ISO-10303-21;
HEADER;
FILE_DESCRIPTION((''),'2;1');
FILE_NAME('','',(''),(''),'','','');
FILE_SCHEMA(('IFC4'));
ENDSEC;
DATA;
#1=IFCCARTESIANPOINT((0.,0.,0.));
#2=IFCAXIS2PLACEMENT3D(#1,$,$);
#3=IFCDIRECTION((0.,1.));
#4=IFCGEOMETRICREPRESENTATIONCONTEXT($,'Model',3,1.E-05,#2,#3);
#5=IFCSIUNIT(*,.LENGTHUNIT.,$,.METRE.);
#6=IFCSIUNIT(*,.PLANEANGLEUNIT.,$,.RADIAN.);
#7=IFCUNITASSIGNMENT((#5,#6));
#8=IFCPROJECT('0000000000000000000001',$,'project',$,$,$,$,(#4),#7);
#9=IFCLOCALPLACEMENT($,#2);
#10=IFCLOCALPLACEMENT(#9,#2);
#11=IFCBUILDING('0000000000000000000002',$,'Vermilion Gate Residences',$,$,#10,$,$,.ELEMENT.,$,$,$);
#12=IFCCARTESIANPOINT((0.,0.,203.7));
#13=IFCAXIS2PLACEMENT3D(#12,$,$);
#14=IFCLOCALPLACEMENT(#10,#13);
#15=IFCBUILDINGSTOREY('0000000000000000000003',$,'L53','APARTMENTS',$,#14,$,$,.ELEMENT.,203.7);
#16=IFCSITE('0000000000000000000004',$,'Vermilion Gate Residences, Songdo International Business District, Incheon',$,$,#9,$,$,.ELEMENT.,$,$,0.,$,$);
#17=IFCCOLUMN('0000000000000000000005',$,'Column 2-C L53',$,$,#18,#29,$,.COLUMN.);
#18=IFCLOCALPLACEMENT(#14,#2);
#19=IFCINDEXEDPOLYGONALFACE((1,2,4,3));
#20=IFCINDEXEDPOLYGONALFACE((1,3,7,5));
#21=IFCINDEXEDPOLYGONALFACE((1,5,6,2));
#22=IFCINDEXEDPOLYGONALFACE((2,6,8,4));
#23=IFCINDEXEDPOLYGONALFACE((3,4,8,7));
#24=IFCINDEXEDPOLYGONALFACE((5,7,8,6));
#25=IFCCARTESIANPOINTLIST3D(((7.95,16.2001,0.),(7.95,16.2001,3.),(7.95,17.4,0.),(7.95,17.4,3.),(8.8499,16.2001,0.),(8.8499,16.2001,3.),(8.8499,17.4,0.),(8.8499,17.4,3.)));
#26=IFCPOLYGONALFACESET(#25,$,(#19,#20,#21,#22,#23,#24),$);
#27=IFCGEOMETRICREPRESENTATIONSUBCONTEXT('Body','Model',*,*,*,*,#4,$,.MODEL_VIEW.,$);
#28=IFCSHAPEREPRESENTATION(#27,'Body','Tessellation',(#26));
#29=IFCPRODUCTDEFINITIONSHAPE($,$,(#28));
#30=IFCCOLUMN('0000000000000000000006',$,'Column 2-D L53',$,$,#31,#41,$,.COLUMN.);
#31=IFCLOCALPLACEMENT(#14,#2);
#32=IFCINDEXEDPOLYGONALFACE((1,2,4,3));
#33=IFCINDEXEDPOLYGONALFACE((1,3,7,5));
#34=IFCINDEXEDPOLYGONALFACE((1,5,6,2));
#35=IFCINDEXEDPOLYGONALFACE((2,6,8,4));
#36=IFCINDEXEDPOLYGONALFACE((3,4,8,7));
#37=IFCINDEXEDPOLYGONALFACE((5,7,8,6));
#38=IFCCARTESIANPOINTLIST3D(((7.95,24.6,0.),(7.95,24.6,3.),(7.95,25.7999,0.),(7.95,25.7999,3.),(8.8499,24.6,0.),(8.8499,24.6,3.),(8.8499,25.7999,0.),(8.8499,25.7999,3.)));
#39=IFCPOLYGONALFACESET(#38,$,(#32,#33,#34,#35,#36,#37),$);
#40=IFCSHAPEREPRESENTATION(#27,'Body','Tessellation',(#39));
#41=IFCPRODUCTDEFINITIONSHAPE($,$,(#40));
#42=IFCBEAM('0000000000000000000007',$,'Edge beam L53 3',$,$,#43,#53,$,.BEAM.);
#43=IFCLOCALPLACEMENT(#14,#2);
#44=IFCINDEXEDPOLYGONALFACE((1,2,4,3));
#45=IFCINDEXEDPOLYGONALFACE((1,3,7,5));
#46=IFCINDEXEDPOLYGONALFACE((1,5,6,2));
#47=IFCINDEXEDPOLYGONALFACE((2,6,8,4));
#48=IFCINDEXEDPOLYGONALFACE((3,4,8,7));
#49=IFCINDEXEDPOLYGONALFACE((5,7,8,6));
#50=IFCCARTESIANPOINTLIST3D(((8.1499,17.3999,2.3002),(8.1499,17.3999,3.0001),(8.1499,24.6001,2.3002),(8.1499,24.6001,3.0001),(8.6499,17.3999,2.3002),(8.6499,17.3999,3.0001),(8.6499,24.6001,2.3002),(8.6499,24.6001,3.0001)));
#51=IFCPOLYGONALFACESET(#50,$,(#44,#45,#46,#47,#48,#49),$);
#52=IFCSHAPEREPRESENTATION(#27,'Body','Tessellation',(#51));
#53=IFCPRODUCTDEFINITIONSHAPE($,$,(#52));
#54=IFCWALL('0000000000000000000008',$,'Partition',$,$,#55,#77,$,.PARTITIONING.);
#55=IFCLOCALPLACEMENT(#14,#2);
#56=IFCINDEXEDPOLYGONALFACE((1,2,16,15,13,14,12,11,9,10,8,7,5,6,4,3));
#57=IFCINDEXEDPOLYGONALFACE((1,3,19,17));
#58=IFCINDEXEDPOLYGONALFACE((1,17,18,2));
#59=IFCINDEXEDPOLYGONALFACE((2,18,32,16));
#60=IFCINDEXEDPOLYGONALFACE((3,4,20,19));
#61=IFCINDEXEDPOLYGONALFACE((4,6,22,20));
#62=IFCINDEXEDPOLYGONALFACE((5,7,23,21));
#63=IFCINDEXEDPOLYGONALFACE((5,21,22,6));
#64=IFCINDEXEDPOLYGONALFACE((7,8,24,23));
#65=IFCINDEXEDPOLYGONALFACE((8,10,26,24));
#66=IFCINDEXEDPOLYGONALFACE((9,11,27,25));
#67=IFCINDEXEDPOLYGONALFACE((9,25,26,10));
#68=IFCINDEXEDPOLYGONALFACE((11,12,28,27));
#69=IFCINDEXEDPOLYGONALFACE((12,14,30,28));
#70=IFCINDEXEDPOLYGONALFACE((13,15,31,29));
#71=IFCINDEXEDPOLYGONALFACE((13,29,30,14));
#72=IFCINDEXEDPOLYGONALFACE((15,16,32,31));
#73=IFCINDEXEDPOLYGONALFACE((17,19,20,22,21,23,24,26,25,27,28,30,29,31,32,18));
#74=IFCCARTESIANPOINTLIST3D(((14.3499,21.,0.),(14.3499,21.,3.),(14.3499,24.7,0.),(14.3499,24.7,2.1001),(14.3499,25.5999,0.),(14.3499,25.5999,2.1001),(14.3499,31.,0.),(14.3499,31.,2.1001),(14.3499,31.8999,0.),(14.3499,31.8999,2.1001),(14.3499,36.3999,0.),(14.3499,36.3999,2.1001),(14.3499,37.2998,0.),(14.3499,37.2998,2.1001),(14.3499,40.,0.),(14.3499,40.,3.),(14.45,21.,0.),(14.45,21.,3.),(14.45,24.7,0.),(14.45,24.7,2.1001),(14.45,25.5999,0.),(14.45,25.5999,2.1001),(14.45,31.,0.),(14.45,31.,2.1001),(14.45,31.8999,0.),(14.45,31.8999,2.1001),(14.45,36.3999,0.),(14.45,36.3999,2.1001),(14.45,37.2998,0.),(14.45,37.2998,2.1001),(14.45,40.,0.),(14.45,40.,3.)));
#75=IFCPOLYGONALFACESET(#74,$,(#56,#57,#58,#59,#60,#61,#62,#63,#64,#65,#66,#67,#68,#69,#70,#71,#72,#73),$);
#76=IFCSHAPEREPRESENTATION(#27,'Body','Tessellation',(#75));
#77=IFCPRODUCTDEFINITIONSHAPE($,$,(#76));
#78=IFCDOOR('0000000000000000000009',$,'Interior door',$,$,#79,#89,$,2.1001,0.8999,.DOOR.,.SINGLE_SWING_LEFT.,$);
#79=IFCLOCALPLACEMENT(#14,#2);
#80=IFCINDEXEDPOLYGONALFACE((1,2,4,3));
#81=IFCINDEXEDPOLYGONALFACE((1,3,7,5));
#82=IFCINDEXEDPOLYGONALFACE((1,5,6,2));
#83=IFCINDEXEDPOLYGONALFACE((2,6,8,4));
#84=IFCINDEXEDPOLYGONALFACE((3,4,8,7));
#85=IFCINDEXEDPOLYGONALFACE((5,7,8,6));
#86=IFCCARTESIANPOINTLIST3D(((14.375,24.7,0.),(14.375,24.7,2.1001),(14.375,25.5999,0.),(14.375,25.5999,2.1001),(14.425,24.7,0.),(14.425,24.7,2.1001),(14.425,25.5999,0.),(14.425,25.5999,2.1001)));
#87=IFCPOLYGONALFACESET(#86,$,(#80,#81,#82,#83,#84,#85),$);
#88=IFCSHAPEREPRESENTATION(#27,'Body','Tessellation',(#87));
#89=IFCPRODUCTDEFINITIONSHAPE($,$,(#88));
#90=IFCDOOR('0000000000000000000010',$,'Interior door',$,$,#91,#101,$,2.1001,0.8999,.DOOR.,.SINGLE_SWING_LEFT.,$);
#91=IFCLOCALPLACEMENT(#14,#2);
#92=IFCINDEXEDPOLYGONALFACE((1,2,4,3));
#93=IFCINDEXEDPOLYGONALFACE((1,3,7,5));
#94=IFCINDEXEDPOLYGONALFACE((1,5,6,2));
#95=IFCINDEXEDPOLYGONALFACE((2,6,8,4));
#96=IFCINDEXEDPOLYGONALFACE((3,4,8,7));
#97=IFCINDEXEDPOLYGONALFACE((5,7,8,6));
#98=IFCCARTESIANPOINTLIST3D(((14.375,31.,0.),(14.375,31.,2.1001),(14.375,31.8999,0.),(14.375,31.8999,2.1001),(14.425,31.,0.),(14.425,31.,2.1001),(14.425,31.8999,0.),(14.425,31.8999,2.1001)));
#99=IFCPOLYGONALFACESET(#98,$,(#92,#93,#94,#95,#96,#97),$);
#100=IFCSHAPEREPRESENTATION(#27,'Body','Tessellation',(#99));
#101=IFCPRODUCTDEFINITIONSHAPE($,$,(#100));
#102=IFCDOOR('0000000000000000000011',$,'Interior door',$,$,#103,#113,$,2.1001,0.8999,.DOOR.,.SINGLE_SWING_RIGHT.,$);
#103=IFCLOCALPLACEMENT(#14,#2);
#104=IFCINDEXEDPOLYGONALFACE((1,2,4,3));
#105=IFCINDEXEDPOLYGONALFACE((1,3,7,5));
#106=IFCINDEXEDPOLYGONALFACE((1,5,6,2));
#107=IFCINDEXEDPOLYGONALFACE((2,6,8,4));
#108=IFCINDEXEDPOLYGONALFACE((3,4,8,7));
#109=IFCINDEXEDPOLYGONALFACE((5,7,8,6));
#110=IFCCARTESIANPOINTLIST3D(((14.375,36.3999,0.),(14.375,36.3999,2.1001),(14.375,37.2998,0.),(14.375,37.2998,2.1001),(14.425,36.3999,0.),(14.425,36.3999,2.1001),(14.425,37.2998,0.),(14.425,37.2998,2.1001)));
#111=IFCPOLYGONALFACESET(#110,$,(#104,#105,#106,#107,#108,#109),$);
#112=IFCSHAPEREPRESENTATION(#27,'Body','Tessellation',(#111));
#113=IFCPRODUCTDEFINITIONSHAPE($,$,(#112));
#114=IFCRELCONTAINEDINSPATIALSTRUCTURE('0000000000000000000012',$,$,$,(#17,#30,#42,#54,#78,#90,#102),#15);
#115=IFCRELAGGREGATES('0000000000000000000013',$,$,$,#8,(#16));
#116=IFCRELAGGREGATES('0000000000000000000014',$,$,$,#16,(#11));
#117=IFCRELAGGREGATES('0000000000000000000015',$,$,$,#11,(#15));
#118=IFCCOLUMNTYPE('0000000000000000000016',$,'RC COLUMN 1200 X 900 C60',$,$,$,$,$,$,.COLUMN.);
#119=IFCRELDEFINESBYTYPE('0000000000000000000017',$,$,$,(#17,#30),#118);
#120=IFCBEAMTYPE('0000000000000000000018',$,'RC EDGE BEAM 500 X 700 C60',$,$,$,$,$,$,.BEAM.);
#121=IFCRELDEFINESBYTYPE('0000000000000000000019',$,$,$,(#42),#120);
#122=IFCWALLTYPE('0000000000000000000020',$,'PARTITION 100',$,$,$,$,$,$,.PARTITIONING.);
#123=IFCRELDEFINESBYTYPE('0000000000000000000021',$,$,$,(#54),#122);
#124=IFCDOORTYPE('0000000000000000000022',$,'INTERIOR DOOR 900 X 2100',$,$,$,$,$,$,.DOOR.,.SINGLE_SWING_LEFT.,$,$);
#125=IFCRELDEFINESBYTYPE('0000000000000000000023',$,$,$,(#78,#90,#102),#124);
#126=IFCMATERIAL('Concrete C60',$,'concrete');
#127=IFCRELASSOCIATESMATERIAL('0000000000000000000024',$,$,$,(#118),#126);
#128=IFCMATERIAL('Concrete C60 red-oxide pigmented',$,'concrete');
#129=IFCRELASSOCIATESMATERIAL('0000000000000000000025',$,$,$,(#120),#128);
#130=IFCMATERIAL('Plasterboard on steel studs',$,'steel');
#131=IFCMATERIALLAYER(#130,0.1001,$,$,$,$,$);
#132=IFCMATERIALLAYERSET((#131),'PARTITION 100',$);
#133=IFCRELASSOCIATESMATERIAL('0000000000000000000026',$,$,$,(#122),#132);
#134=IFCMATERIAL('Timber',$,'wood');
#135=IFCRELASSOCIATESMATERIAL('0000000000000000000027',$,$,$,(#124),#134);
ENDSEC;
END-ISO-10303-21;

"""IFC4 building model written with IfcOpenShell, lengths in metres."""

from ifc_helpers import new_model, si_unit, direction, frame, frame_2d, origin, origin_2d, place, context, subcontext, project, spatial, rectangle, extrude, material, layer, layer_set, material_profile, profile_set, type_object, element, fill, save


model = new_model("IFC4")

# Units and contexts
model_context = context("Model", 3, precision=1e-05, world=origin(), true_north=direction((0.0, 1.0)))
body_context = subcontext(model_context, "Body", "Model", "MODEL_VIEW")
ifc_project = project(units=[si_unit("LENGTHUNIT", "METRE"), si_unit("PLANEANGLEUNIT", "RADIAN")], contexts=[model_context])

# Site, building, storey
site_placement = place(None, origin())
site = spatial("IfcSite", under=ifc_project, at=site_placement, Name="Vermilion Gate Residences, Songdo International Business District, Incheon", CompositionType="ELEMENT", RefElevation=0.0)
building_placement = place(site_placement, origin())
building = spatial("IfcBuilding", under=site, at=building_placement, Name="Vermilion Gate Residences", CompositionType="ELEMENT")
storey_placement = place(building_placement, frame((0.0, 0.0, 203.7)))
storey = spatial("IfcBuildingStorey", under=building, at=storey_placement, Name="L53", Description="APARTMENTS", CompositionType="ELEMENT", Elevation=203.7)

# Columns
ifc_material_1 = material(Name="Concrete C60", Category="concrete")
ifc_material_profile_1 = material_profile(ifc_material_1, rectangle(XDim=1.2, YDim=0.8999, at=origin_2d()), Name="RC-1200x900")
ifc_profile_set_1 = profile_set([ifc_material_profile_1], Name="Concrete C60")
column_type = type_object("IfcColumnType", Name="RC COLUMN 1200 X 900 C60", PredefinedType="COLUMN", material=ifc_profile_set_1)
for number, where, z_axis, x_axis, name in (
    (1, (8.3999, 16.8, 0.0), (0.0, 0.0, 1.0), (0.0, 1.0, 0.0), "Column 2-C L53"),
    (2, (8.3999, 25.2, 0.0), (0.0, 0.0, 1.0), (0.0, 1.0, 0.0), "Column 2-D L53"),
):
    element("IfcColumn", number, at=place(storey_placement, frame(where, z_axis=z_axis, x_axis=x_axis)), inside=storey, type_object=column_type, Name=name, PredefinedType="COLUMN", context=body_context, shape_type="SweptSolid", body=[
        extrude(rectangle(XDim=1.2, YDim=0.8999, at=origin_2d()), origin(), (0.0, 0.0, 1.0), 3.0),
    ])

# Beam
ifc_material_2 = material(Name="Concrete C60 red-oxide pigmented", Category="concrete")
ifc_material_profile_2 = material_profile(ifc_material_2, rectangle(XDim=0.5, YDim=0.7, at=origin_2d()), Name="RC-500x700")
ifc_profile_set_2 = profile_set([ifc_material_profile_2], Name="Concrete C60 red-oxide pigmented")
beam_type = type_object("IfcBeamType", Name="RC EDGE BEAM 500 X 700 C60", PredefinedType="BEAM", material=ifc_profile_set_2)
beam_placement = place(storey_placement, frame((8.3999, 17.3999, 2.6501), z_axis=(0.0, 1.0, 0.0), x_axis=(-1.0, 0.0, 0.0)))
element("IfcBeam", 3, at=beam_placement, inside=storey, type_object=beam_type, Name="Edge beam L53 3", PredefinedType="BEAM", context=body_context, shape_type="SweptSolid", body=[
    extrude(rectangle(XDim=0.5, YDim=0.7, at=origin_2d()), origin(), (0.0, 0.0, 1.0), 7.2002),
])

# Wall, openings, doors
ifc_material_3 = material(Name="Plasterboard on steel studs", Category="steel")
ifc_layer_1 = layer(ifc_material_3, 0.1001)
ifc_layer_set_1 = layer_set([ifc_layer_1], Name="PARTITION 100")
wall_type_1 = type_object("IfcWallType", Name="PARTITION 100", PredefinedType="PARTITIONING", material=ifc_layer_set_1)
wall_1_placement = place(storey_placement, frame((14.3999, 21.0, 0.0), z_axis=(0.0, 0.0, 1.0), x_axis=(0.0, 1.0, 0.0)))
wall_1 = element("IfcWall", 4, at=wall_1_placement, inside=storey, type_object=wall_type_1, Name="Partition", PredefinedType="PARTITIONING", context=body_context, shape_type="SweptSolid", body=[
    extrude(rectangle(XDim=19.0, YDim=0.1001, at=frame_2d((9.5, 0.0))), origin(), (0.0, 0.0, 1.0), 3.0),
])
opening_1_placement = place(wall_1_placement, frame((3.7, 0.0, 0.0)))
opening_1 = element("IfcOpeningElement", 5, at=opening_1_placement, cuts=wall_1, PredefinedType="OPENING", context=body_context, shape_type="SweptSolid", body=[
    extrude(rectangle(XDim=0.8999, YDim=2.1001, at=frame_2d((0.45, 1.05))), frame((0.0, 0.0601, 0.0), z_axis=(0.0, -1.0, 0.0), x_axis=(1.0, 0.0, 0.0)), (0.0, 0.0, 1.0), 0.1201),
])
opening_2_placement = place(wall_1_placement, frame((10.0, 0.0, 0.0)))
opening_2 = element("IfcOpeningElement", 6, at=opening_2_placement, cuts=wall_1, PredefinedType="OPENING", context=body_context, shape_type="SweptSolid", body=[
    extrude(rectangle(XDim=0.8999, YDim=2.1001, at=frame_2d((0.45, 1.05))), frame((0.0, 0.0601, 0.0), z_axis=(0.0, -1.0, 0.0), x_axis=(1.0, 0.0, 0.0)), (0.0, 0.0, 1.0), 0.1201),
])
opening_3_placement = place(wall_1_placement, frame((15.3999, 0.0, 0.0)))
opening_3 = element("IfcOpeningElement", 7, at=opening_3_placement, cuts=wall_1, PredefinedType="OPENING", context=body_context, shape_type="SweptSolid", body=[
    extrude(rectangle(XDim=0.8999, YDim=2.1001, at=frame_2d((0.45, 1.05))), frame((0.0, 0.0601, 0.0), z_axis=(0.0, -1.0, 0.0), x_axis=(1.0, 0.0, 0.0)), (0.0, 0.0, 1.0), 0.1201),
])
ifc_material_4 = material(Name="Timber", Category="wood")
door_type_1 = type_object("IfcDoorType", Name="INTERIOR DOOR 900 X 2100", OperationType="SINGLE_SWING_LEFT", PredefinedType="DOOR", material=ifc_material_4)
door_1_placement = place(opening_1_placement, origin())
door_1 = element("IfcDoor", 8, at=door_1_placement, inside=storey, type_object=door_type_1, Name="Interior door", OperationType="SINGLE_SWING_LEFT", OverallHeight=2.1001, OverallWidth=0.8999, PredefinedType="DOOR", context=body_context, shape_type="SweptSolid", body=[
    extrude(rectangle(XDim=0.8999, YDim=2.1001, at=frame_2d((0.45, 1.05))), frame((0.0, 0.0249, 0.0), z_axis=(0.0, -1.0, 0.0), x_axis=(1.0, 0.0, 0.0)), (0.0, 0.0, 1.0), 0.05),
])
fill(opening_1, door_1)
door_2_placement = place(opening_2_placement, origin())
door_2 = element("IfcDoor", 9, at=door_2_placement, inside=storey, type_object=door_type_1, Name="Interior door", OperationType="SINGLE_SWING_LEFT", OverallHeight=2.1001, OverallWidth=0.8999, PredefinedType="DOOR", context=body_context, shape_type="SweptSolid", body=[
    extrude(rectangle(XDim=0.8999, YDim=2.1001, at=frame_2d((0.45, 1.05))), frame((0.0, 0.0249, 0.0), z_axis=(0.0, -1.0, 0.0), x_axis=(1.0, 0.0, 0.0)), (0.0, 0.0, 1.0), 0.05),
])
fill(opening_2, door_2)
door_3_placement = place(opening_3_placement, origin())
door_3 = element("IfcDoor", 10, at=door_3_placement, inside=storey, type_object=door_type_1, Name="Interior door", OperationType="SINGLE_SWING_RIGHT", OverallHeight=2.1001, OverallWidth=0.8999, PredefinedType="DOOR", context=body_context, shape_type="SweptSolid", body=[
    extrude(rectangle(XDim=0.8999, YDim=2.1001, at=frame_2d((0.45, 1.05))), frame((0.0, 0.0249, 0.0), z_axis=(0.0, -1.0, 0.0), x_axis=(1.0, 0.0, 0.0)), (0.0, 0.0, 1.0), 0.05),
])
fill(opening_3, door_3)

save(model, "model.ifc")
